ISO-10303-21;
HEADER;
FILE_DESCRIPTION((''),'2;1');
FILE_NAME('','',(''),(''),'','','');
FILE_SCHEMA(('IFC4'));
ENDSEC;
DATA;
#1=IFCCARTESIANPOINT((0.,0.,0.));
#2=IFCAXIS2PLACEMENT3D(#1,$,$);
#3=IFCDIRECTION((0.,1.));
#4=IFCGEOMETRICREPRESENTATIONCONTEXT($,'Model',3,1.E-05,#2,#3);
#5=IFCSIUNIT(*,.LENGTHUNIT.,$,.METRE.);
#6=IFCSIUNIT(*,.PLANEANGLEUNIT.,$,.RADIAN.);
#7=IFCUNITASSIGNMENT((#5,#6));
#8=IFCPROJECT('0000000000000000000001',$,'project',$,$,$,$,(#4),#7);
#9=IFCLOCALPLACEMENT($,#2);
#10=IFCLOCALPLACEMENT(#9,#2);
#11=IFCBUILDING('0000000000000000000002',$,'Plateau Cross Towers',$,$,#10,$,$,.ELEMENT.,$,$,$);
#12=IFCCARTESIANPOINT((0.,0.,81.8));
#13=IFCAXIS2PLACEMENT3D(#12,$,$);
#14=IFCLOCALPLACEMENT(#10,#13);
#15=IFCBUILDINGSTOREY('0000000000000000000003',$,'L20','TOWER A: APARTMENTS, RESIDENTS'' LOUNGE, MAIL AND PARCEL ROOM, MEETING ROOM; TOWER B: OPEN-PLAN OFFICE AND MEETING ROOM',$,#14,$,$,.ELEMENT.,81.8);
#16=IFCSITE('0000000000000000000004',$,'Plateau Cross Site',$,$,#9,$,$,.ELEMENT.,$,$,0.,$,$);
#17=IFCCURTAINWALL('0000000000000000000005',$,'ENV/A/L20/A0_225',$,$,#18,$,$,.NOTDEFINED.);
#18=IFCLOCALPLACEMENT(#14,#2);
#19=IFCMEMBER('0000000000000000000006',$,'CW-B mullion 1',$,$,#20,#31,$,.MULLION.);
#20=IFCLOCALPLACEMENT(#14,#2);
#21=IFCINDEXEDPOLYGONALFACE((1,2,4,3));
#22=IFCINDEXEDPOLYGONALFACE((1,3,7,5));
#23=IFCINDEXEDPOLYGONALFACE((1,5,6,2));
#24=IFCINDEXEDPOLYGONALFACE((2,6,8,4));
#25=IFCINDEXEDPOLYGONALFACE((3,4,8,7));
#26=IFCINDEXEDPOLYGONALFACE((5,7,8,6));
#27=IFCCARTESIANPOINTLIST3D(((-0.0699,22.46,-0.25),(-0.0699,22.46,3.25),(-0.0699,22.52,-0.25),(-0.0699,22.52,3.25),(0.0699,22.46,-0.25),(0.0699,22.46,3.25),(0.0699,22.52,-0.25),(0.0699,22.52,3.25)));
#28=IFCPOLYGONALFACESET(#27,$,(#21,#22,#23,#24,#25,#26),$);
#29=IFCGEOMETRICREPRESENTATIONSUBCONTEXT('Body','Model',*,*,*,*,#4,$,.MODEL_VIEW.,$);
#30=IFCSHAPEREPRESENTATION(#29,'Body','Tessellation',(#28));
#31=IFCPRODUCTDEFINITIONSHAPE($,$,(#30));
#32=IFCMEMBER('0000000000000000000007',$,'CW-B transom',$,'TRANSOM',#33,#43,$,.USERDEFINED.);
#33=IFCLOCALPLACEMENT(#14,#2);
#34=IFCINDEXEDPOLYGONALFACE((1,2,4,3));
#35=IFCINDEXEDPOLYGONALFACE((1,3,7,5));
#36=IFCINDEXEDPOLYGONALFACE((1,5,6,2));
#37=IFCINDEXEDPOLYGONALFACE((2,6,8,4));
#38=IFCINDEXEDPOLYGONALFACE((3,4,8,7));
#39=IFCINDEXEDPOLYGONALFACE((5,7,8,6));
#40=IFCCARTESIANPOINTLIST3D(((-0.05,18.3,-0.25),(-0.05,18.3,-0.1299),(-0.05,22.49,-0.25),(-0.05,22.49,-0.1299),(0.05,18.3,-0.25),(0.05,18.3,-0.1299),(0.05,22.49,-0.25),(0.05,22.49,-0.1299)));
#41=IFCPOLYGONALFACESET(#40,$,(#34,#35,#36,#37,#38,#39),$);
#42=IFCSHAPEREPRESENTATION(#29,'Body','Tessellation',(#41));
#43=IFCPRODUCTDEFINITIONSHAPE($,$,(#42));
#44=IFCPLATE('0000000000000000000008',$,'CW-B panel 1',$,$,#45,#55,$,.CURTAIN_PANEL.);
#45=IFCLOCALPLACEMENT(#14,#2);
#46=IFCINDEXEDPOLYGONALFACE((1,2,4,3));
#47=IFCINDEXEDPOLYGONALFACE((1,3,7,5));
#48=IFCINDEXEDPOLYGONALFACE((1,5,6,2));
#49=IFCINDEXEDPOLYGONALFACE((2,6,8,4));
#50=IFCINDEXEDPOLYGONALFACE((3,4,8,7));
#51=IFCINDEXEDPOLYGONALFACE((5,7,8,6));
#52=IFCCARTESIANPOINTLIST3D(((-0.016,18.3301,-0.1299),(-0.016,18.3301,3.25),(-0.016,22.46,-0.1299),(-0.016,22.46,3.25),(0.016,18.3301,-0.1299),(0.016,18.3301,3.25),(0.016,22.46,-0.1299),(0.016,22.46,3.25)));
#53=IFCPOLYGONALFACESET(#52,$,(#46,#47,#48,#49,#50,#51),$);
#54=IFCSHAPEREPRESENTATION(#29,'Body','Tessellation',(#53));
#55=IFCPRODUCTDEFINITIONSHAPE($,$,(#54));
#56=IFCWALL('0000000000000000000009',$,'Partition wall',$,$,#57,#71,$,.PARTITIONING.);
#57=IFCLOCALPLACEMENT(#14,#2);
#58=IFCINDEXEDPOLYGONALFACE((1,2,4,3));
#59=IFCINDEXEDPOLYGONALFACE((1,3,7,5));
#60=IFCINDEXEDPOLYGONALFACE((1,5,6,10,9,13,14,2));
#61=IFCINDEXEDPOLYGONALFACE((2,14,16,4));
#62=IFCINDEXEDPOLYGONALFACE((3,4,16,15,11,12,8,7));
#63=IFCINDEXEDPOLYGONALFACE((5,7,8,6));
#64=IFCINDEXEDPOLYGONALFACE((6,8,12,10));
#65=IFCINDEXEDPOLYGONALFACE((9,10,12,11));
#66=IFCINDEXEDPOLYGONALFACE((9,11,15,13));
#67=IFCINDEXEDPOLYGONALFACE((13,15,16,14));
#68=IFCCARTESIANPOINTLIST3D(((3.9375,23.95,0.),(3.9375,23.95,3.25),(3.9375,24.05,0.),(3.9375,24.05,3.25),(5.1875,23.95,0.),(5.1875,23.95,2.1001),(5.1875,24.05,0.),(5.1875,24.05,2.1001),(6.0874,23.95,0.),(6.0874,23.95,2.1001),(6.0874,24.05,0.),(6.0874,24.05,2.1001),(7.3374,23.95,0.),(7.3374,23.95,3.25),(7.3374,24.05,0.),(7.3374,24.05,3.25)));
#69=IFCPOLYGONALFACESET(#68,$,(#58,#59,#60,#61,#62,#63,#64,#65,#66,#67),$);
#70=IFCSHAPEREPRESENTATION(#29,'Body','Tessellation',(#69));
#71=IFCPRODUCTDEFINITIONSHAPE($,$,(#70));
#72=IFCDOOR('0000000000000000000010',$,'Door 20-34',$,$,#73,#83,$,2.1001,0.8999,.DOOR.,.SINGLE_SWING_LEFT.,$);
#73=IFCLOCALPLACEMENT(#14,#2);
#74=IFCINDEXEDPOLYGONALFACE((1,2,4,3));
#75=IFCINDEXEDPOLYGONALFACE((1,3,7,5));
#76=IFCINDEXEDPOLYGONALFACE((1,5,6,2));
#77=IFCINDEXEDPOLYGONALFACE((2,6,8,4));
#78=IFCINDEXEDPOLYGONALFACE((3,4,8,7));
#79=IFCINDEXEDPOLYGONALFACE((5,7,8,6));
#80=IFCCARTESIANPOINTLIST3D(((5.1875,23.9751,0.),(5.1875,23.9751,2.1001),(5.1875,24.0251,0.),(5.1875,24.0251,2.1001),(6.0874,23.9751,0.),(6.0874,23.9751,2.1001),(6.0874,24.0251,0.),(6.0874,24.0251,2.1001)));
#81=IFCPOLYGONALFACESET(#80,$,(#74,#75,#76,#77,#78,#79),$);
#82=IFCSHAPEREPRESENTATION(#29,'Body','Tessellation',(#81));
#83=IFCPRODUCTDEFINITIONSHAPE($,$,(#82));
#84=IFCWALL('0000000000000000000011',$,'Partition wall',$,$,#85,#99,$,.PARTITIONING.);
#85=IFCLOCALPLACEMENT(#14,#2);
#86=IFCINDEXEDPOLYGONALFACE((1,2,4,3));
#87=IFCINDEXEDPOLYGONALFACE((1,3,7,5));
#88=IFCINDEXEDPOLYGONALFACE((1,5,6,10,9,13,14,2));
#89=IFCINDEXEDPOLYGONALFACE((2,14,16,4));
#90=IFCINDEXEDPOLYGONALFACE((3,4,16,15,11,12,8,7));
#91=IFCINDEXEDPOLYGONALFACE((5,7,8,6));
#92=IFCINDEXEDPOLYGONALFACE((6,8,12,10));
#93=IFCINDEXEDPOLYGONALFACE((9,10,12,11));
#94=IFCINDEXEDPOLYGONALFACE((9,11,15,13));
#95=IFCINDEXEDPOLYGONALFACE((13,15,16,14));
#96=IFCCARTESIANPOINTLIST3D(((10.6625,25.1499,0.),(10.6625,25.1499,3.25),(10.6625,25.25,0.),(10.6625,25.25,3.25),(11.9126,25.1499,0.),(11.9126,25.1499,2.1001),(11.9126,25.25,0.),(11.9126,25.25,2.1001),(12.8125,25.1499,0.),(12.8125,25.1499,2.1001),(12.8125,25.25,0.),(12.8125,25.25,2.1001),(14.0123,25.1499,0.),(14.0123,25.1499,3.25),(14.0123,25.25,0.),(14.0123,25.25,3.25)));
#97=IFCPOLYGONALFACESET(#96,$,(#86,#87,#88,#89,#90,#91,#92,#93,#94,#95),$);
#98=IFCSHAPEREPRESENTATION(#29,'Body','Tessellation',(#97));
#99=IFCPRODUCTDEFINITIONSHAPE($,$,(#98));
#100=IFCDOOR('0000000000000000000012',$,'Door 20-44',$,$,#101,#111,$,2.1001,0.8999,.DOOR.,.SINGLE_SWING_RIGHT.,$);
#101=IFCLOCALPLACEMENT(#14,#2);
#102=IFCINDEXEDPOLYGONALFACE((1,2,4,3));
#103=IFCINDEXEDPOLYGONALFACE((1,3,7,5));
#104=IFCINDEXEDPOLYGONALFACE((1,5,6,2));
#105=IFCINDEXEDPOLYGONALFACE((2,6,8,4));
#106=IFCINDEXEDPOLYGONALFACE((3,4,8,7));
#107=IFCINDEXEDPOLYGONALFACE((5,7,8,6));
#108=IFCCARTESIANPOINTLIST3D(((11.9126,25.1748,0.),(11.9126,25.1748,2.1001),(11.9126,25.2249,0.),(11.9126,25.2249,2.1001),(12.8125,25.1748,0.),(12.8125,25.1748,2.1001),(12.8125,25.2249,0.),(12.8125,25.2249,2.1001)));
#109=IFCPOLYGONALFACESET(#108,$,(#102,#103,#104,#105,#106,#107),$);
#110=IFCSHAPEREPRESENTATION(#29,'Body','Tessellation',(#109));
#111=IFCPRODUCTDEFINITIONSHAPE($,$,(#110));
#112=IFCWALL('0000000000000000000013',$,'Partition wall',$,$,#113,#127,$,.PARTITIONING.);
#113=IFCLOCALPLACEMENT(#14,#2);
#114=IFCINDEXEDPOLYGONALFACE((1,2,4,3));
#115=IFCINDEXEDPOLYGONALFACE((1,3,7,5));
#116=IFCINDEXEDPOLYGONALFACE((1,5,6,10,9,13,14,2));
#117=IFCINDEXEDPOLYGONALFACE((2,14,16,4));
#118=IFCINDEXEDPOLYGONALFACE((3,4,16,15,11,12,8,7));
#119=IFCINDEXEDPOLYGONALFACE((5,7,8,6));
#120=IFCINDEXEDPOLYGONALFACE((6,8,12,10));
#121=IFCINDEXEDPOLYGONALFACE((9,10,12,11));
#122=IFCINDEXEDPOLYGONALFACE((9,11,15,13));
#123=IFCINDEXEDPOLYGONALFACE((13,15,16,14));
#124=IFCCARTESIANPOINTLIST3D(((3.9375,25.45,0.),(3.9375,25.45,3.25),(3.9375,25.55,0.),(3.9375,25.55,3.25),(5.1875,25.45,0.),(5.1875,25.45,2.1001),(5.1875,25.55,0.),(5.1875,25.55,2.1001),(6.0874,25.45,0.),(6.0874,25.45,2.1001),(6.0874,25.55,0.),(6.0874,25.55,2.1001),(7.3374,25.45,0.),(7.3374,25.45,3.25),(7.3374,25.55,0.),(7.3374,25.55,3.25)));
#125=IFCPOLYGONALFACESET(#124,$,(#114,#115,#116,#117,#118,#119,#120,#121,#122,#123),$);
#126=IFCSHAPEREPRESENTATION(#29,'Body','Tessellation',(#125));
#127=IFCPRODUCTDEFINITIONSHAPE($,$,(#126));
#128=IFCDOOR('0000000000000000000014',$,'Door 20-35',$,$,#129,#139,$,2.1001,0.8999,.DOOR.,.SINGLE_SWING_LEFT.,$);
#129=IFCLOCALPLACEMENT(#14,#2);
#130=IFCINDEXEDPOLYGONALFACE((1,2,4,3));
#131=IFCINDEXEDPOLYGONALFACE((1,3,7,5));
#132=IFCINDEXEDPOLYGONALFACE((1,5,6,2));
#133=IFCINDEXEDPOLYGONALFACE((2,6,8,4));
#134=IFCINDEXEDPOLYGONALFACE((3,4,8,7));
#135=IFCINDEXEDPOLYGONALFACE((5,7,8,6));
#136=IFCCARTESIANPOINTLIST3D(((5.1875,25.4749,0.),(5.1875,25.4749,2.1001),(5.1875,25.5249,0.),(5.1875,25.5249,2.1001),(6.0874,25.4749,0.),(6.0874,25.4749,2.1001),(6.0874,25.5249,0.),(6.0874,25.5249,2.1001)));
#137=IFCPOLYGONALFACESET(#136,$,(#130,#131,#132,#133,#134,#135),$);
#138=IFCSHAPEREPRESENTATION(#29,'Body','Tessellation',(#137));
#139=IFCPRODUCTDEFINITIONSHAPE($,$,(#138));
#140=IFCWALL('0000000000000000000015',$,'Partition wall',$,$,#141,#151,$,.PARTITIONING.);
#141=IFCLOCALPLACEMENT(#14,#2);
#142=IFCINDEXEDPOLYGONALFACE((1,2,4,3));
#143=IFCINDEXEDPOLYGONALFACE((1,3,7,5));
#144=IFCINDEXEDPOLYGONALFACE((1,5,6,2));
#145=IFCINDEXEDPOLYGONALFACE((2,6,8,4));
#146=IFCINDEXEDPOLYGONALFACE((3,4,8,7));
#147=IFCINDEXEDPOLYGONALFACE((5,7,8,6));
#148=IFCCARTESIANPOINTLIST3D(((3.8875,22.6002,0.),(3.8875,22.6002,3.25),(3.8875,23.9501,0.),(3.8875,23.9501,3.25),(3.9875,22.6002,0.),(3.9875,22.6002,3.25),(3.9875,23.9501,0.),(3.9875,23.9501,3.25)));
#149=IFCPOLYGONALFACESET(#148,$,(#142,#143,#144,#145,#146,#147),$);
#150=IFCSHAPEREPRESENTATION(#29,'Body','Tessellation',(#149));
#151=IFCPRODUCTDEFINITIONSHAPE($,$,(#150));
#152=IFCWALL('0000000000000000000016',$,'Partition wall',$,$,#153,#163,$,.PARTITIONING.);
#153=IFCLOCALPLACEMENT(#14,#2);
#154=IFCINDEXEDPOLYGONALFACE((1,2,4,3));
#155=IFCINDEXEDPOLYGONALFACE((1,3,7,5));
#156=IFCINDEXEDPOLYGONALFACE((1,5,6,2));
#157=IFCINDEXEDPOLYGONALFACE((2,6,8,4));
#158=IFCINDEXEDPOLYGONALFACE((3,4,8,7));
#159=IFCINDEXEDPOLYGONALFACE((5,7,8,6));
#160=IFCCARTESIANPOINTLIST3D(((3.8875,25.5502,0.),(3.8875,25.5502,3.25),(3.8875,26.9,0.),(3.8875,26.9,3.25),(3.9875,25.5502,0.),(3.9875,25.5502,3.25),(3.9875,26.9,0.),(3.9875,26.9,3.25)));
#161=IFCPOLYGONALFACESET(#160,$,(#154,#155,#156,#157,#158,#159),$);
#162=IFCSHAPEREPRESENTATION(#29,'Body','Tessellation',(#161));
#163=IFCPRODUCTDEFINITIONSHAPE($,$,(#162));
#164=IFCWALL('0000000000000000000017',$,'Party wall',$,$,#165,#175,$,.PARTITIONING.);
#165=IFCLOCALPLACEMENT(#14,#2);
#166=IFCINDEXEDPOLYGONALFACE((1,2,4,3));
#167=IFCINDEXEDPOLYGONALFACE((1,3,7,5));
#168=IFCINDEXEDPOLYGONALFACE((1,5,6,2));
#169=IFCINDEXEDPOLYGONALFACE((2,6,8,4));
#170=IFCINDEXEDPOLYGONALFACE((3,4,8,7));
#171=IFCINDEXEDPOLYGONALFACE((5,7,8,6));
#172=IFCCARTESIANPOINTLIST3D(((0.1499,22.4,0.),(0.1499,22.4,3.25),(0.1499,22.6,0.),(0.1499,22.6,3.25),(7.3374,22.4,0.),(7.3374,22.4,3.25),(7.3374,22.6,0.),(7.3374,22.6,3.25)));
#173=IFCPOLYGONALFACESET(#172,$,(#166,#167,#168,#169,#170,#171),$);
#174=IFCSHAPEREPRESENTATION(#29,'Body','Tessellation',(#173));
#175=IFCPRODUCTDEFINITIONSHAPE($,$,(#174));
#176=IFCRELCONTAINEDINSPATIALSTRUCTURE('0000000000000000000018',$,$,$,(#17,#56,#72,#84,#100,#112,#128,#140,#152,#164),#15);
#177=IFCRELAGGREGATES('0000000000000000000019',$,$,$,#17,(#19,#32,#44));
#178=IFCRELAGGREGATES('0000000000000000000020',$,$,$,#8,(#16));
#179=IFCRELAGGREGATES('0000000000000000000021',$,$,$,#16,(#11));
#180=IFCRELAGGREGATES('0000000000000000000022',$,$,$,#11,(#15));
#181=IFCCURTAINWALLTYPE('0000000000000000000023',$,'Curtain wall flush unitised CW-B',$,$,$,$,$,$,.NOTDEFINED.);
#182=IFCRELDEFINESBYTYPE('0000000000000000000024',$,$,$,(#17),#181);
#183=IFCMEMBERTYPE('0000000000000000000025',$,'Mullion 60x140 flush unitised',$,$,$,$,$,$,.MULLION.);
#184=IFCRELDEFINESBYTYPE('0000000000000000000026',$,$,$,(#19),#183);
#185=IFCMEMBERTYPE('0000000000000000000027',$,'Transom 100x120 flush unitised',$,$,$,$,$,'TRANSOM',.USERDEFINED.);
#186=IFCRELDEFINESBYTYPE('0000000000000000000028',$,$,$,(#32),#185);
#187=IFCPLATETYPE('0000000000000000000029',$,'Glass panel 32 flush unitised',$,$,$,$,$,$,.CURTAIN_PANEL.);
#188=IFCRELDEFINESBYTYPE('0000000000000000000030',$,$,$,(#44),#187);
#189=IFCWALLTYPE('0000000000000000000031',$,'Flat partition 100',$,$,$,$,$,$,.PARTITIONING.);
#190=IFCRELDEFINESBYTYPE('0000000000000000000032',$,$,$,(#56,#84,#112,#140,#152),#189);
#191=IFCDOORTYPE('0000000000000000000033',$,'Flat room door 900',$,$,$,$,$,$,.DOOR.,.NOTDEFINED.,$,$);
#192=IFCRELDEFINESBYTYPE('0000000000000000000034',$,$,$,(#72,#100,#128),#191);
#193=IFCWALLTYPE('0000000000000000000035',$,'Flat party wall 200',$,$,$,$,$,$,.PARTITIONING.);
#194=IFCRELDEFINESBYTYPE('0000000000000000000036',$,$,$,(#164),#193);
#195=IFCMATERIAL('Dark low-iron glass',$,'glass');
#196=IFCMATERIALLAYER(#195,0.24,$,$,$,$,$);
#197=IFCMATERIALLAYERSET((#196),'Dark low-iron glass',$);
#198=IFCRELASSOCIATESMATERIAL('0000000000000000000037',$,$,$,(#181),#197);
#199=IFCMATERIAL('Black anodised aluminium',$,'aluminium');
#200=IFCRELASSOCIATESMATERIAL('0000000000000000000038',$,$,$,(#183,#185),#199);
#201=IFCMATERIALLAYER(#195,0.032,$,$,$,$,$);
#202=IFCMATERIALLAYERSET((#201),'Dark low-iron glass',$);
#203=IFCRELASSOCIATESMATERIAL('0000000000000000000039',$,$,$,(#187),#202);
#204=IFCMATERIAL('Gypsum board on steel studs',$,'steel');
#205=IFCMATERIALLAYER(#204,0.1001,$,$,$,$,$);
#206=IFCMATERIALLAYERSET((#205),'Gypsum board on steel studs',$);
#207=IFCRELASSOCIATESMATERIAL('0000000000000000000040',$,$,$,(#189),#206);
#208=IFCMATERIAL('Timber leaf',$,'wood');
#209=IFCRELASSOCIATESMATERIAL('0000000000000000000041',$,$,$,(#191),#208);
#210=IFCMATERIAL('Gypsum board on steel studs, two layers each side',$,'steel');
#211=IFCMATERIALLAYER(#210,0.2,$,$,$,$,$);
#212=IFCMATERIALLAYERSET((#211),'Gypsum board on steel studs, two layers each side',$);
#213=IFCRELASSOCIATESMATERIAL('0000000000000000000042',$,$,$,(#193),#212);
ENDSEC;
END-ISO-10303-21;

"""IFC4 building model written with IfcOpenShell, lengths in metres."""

from ifc_helpers import new_model, si_unit, direction, frame, frame_2d, origin, origin_2d, place, context, subcontext, project, spatial, rectangle, extrude, material, layer, layer_set, material_profile, profile_set, type_object, element, fill, aggregate, save


model = new_model("IFC4")

# Units and contexts
model_context = context("Model", 3, precision=1e-05, world=origin(), true_north=direction((0.0, 1.0)))
body_context = subcontext(model_context, "Body", "Model", "MODEL_VIEW")
ifc_project = project(units=[si_unit("LENGTHUNIT", "METRE"), si_unit("PLANEANGLEUNIT", "RADIAN")], contexts=[model_context])

# Site, building, storey
site_placement = place(None, origin())
site = spatial("IfcSite", under=ifc_project, at=site_placement, Name="Plateau Cross Site", CompositionType="ELEMENT", RefElevation=0.0)
building_placement = place(site_placement, origin())
building = spatial("IfcBuilding", under=site, at=building_placement, Name="Plateau Cross Towers", CompositionType="ELEMENT")
storey_placement = place(building_placement, frame((0.0, 0.0, 81.8)))
storey = spatial("IfcBuildingStorey", under=building, at=storey_placement, Name="L20", Description="TOWER A: APARTMENTS, RESIDENTS' LOUNGE, MAIL AND PARCEL ROOM, MEETING ROOM; TOWER B: OPEN-PLAN OFFICE AND MEETING ROOM", CompositionType="ELEMENT", Elevation=81.8)

# Curtain wall, members, plate
ifc_material_1 = material(Name="Dark low-iron glass", Category="glass")
ifc_layer_1 = layer(ifc_material_1, 0.24)
ifc_layer_set_1 = layer_set([ifc_layer_1], Name="Dark low-iron glass")
curtain_wall_type = type_object("IfcCurtainWallType", Name="Curtain wall flush unitised CW-B", PredefinedType="NOTDEFINED", material=ifc_layer_set_1)
curtain_wall_placement = place(storey_placement, origin())
curtain_wall = element("IfcCurtainWall", 1, at=curtain_wall_placement, inside=storey, type_object=curtain_wall_type, Name="ENV/A/L20/A0_225", PredefinedType="NOTDEFINED")
ifc_material_2 = material(Name="Black anodised aluminium", Category="aluminium")
ifc_material_profile_1 = material_profile(ifc_material_2, rectangle(XDim=0.0601, YDim=0.1399, at=origin_2d()), Name="MULLION 60x140")
ifc_profile_set_1 = profile_set([ifc_material_profile_1], Name="Black anodised aluminium")
member_type_1 = type_object("IfcMemberType", Name="Mullion 60x140 flush unitised", PredefinedType="MULLION", material=ifc_profile_set_1)
member_1_placement = place(storey_placement, frame((0.0, 22.49, -0.25), z_axis=(0.0, 0.0, 1.0), x_axis=(0.0, -1.0, 0.0)))
member_1 = element("IfcMember", 2, at=member_1_placement, type_object=member_type_1, Name="CW-B mullion 1", PredefinedType="MULLION", context=body_context, shape_type="SweptSolid", body=[
    extrude(rectangle(XDim=0.0601, YDim=0.1399, at=origin_2d()), origin(), (0.0, 0.0, 1.0), 3.5),
])
ifc_material_profile_2 = material_profile(ifc_material_2, rectangle(XDim=0.1001, YDim=0.1201, at=origin_2d()), Name="TRANSOM 100x120")
ifc_profile_set_2 = profile_set([ifc_material_profile_2], Name="Black anodised aluminium")
member_type_2 = type_object("IfcMemberType", Name="Transom 100x120 flush unitised", ElementType="TRANSOM", PredefinedType="USERDEFINED", material=ifc_profile_set_2)
member_2_placement = place(storey_placement, frame((0.0, 22.49, -0.1899), z_axis=(0.0, -1.0, 0.0), x_axis=(1.0, 0.0, 0.0)))
member_2 = element("IfcMember", 3, at=member_2_placement, type_object=member_type_2, Name="CW-B transom", ObjectType="TRANSOM", PredefinedType="USERDEFINED", context=body_context, shape_type="SweptSolid", body=[
    extrude(rectangle(XDim=0.1001, YDim=0.1201, at=origin_2d()), origin(), (0.0, 0.0, 1.0), 4.1899),
])
ifc_layer_2 = layer(ifc_material_1, 0.032)
ifc_layer_set_2 = layer_set([ifc_layer_2], Name="Dark low-iron glass")
plate_type = type_object("IfcPlateType", Name="Glass panel 32 flush unitised", PredefinedType="CURTAIN_PANEL", material=ifc_layer_set_2)
plate_placement = place(storey_placement, frame((0.0, 20.395, -0.1299), z_axis=(0.0, 0.0, 1.0), x_axis=(0.0, -1.0, 0.0)))
plate = element("IfcPlate", 4, at=plate_placement, type_object=plate_type, Name="CW-B panel 1", PredefinedType="CURTAIN_PANEL", context=body_context, shape_type="SweptSolid", body=[
    extrude(rectangle(XDim=4.1299, YDim=0.032, at=origin_2d()), origin(), (0.0, 0.0, 1.0), 3.3799),
])
aggregate(curtain_wall, [member_1, member_2, plate])

# Walls, openings, doors
ifc_material_3 = material(Name="Gypsum board on steel studs", Category="steel")
ifc_layer_3 = layer(ifc_material_3, 0.1001)
ifc_layer_set_3 = layer_set([ifc_layer_3], Name="Gypsum board on steel studs")
wall_type_1 = type_object("IfcWallType", Name="Flat partition 100", PredefinedType="PARTITIONING", material=ifc_layer_set_3)
wall_1_placement = place(storey_placement, frame((7.3374, 24.0, 0.0), z_axis=(0.0, 0.0, 1.0), x_axis=(-1.0, 0.0, 0.0)))
wall_1 = element("IfcWall", 5, at=wall_1_placement, inside=storey, type_object=wall_type_1, Name="Partition wall", PredefinedType="PARTITIONING", context=body_context, shape_type="SweptSolid", body=[
    extrude(rectangle(XDim=3.3999, YDim=0.1001, at=frame_2d((1.7, 0.0))), origin(), (0.0, 0.0, 1.0), 3.25),
])
opening_1_placement = place(wall_1_placement, frame((1.25, 0.0, 0.0)))
opening_1 = element("IfcOpeningElement", 6, at=opening_1_placement, cuts=wall_1, PredefinedType="OPENING", context=body_context, shape_type="SweptSolid", body=[
    extrude(rectangle(XDim=0.8999, YDim=2.1001, at=frame_2d((0.45, 1.05))), frame((0.0, 0.0601, 0.0), z_axis=(0.0, -1.0, 0.0), x_axis=(1.0, 0.0, 0.0)), (0.0, 0.0, 1.0), 0.1201),
])
ifc_material_4 = material(Name="Timber leaf", Category="wood")
door_type_1 = type_object("IfcDoorType", Name="Flat room door 900", OperationType="NOTDEFINED", PredefinedType="DOOR", material=ifc_material_4)
door_1_placement = place(opening_1_placement, origin())
door_1 = element("IfcDoor", 7, at=door_1_placement, inside=storey, type_object=door_type_1, Name="Door 20-34", OperationType="SINGLE_SWING_LEFT", OverallHeight=2.1001, OverallWidth=0.8999, PredefinedType="DOOR", context=body_context, shape_type="SweptSolid", body=[
    extrude(rectangle(XDim=0.8999, YDim=2.1001, at=frame_2d((0.45, 1.05))), frame((0.0, 0.0249, 0.0), z_axis=(0.0, -1.0, 0.0), x_axis=(1.0, 0.0, 0.0)), (0.0, 0.0, 1.0), 0.05),
])
fill(opening_1, door_1)
wall_2_placement = place(storey_placement, frame((10.6626, 25.2, 0.0), z_axis=(0.0, 0.0, 1.0), x_axis=(1.0, 0.0, 0.0)))
wall_2 = element("IfcWall", 8, at=wall_2_placement, inside=storey, type_object=wall_type_1, Name="Partition wall", PredefinedType="PARTITIONING", context=body_context, shape_type="SweptSolid", body=[
    extrude(rectangle(XDim=3.3499, YDim=0.1001, at=frame_2d((1.6748, 0.0))), origin(), (0.0, 0.0, 1.0), 3.25),
])
opening_2_placement = place(wall_2_placement, frame((1.25, 0.0, 0.0)))
opening_2 = element("IfcOpeningElement", 9, at=opening_2_placement, cuts=wall_2, PredefinedType="OPENING", context=body_context, shape_type="SweptSolid", body=[
    extrude(rectangle(XDim=0.8999, YDim=2.1001, at=frame_2d((0.45, 1.05))), frame((0.0, 0.0601, 0.0), z_axis=(0.0, -1.0, 0.0), x_axis=(1.0, 0.0, 0.0)), (0.0, 0.0, 1.0), 0.1201),
])
door_2_placement = place(opening_2_placement, origin())
door_2 = element("IfcDoor", 10, at=door_2_placement, inside=storey, type_object=door_type_1, Name="Door 20-44", OperationType="SINGLE_SWING_RIGHT", OverallHeight=2.1001, OverallWidth=0.8999, PredefinedType="DOOR", context=body_context, shape_type="SweptSolid", body=[
    extrude(rectangle(XDim=0.8999, YDim=2.1001, at=frame_2d((0.45, 1.05))), frame((0.0, 0.0249, 0.0), z_axis=(0.0, -1.0, 0.0), x_axis=(1.0, 0.0, 0.0)), (0.0, 0.0, 1.0), 0.05),
])
fill(opening_2, door_2)
wall_3_placement = place(storey_placement, frame((3.9375, 25.5, 0.0), z_axis=(0.0, 0.0, 1.0), x_axis=(1.0, 0.0, 0.0)))
wall_3 = element("IfcWall", 11, at=wall_3_placement, inside=storey, type_object=wall_type_1, Name="Partition wall", PredefinedType="PARTITIONING", context=body_context, shape_type="SweptSolid", body=[
    extrude(rectangle(XDim=3.3999, YDim=0.1001, at=frame_2d((1.7, 0.0))), origin(), (0.0, 0.0, 1.0), 3.25),
])
opening_3_placement = place(wall_3_placement, frame((1.25, 0.0, 0.0)))
opening_3 = element("IfcOpeningElement", 12, at=opening_3_placement, cuts=wall_3, PredefinedType="OPENING", context=body_context, shape_type="SweptSolid", body=[
    extrude(rectangle(XDim=0.8999, YDim=2.1001, at=frame_2d((0.45, 1.05))), frame((0.0, 0.0601, 0.0), z_axis=(0.0, -1.0, 0.0), x_axis=(1.0, 0.0, 0.0)), (0.0, 0.0, 1.0), 0.1201),
])
door_3_placement = place(opening_3_placement, origin())
door_3 = element("IfcDoor", 13, at=door_3_placement, inside=storey, type_object=door_type_1, Name="Door 20-35", OperationType="SINGLE_SWING_LEFT", OverallHeight=2.1001, OverallWidth=0.8999, PredefinedType="DOOR", context=body_context, shape_type="SweptSolid", body=[
    extrude(rectangle(XDim=0.8999, YDim=2.1001, at=frame_2d((0.45, 1.05))), frame((0.0, 0.0249, 0.0), z_axis=(0.0, -1.0, 0.0), x_axis=(1.0, 0.0, 0.0)), (0.0, 0.0, 1.0), 0.05),
])
fill(opening_3, door_3)

# Walls
for number, where, z_axis, x_axis, name in (
    (14, (3.9375, 23.95, 0.0), (0.0, 0.0, 1.0), (0.0, -1.0, 0.0), "Partition wall"),
    (15, (3.9375, 26.8999, 0.0), (0.0, 0.0, 1.0), (0.0, -1.0, 0.0), "Partition wall"),
):
    element("IfcWall", number, at=place(storey_placement, frame(where, z_axis=z_axis, x_axis=x_axis)), inside=storey, type_object=wall_type_1, Name=name, PredefinedType="PARTITIONING", context=body_context, shape_type="SweptSolid", body=[
        extrude(rectangle(XDim=1.3499, YDim=0.1001, at=frame_2d((0.6748, 0.0))), origin(), (0.0, 0.0, 1.0), 3.25),
    ])
ifc_material_5 = material(Name="Gypsum board on steel studs, two layers each side", Category="steel")
ifc_layer_4 = layer(ifc_material_5, 0.2)
ifc_layer_set_4 = layer_set([ifc_layer_4], Name="Gypsum board on steel studs, two layers each side")
wall_type_2 = type_object("IfcWallType", Name="Flat party wall 200", PredefinedType="PARTITIONING", material=ifc_layer_set_4)
wall_4_placement = place(storey_placement, frame((7.3374, 22.5, 0.0), z_axis=(0.0, 0.0, 1.0), x_axis=(-1.0, 0.0, 0.0)))
element("IfcWall", 16, at=wall_4_placement, inside=storey, type_object=wall_type_2, Name="Party wall", PredefinedType="PARTITIONING", context=body_context, shape_type="SweptSolid", body=[
    extrude(rectangle(XDim=7.1875, YDim=0.2, at=frame_2d((3.5938, 0.0))), origin(), (0.0, 0.0, 1.0), 3.25),
])

save(model, "model.ifc")
